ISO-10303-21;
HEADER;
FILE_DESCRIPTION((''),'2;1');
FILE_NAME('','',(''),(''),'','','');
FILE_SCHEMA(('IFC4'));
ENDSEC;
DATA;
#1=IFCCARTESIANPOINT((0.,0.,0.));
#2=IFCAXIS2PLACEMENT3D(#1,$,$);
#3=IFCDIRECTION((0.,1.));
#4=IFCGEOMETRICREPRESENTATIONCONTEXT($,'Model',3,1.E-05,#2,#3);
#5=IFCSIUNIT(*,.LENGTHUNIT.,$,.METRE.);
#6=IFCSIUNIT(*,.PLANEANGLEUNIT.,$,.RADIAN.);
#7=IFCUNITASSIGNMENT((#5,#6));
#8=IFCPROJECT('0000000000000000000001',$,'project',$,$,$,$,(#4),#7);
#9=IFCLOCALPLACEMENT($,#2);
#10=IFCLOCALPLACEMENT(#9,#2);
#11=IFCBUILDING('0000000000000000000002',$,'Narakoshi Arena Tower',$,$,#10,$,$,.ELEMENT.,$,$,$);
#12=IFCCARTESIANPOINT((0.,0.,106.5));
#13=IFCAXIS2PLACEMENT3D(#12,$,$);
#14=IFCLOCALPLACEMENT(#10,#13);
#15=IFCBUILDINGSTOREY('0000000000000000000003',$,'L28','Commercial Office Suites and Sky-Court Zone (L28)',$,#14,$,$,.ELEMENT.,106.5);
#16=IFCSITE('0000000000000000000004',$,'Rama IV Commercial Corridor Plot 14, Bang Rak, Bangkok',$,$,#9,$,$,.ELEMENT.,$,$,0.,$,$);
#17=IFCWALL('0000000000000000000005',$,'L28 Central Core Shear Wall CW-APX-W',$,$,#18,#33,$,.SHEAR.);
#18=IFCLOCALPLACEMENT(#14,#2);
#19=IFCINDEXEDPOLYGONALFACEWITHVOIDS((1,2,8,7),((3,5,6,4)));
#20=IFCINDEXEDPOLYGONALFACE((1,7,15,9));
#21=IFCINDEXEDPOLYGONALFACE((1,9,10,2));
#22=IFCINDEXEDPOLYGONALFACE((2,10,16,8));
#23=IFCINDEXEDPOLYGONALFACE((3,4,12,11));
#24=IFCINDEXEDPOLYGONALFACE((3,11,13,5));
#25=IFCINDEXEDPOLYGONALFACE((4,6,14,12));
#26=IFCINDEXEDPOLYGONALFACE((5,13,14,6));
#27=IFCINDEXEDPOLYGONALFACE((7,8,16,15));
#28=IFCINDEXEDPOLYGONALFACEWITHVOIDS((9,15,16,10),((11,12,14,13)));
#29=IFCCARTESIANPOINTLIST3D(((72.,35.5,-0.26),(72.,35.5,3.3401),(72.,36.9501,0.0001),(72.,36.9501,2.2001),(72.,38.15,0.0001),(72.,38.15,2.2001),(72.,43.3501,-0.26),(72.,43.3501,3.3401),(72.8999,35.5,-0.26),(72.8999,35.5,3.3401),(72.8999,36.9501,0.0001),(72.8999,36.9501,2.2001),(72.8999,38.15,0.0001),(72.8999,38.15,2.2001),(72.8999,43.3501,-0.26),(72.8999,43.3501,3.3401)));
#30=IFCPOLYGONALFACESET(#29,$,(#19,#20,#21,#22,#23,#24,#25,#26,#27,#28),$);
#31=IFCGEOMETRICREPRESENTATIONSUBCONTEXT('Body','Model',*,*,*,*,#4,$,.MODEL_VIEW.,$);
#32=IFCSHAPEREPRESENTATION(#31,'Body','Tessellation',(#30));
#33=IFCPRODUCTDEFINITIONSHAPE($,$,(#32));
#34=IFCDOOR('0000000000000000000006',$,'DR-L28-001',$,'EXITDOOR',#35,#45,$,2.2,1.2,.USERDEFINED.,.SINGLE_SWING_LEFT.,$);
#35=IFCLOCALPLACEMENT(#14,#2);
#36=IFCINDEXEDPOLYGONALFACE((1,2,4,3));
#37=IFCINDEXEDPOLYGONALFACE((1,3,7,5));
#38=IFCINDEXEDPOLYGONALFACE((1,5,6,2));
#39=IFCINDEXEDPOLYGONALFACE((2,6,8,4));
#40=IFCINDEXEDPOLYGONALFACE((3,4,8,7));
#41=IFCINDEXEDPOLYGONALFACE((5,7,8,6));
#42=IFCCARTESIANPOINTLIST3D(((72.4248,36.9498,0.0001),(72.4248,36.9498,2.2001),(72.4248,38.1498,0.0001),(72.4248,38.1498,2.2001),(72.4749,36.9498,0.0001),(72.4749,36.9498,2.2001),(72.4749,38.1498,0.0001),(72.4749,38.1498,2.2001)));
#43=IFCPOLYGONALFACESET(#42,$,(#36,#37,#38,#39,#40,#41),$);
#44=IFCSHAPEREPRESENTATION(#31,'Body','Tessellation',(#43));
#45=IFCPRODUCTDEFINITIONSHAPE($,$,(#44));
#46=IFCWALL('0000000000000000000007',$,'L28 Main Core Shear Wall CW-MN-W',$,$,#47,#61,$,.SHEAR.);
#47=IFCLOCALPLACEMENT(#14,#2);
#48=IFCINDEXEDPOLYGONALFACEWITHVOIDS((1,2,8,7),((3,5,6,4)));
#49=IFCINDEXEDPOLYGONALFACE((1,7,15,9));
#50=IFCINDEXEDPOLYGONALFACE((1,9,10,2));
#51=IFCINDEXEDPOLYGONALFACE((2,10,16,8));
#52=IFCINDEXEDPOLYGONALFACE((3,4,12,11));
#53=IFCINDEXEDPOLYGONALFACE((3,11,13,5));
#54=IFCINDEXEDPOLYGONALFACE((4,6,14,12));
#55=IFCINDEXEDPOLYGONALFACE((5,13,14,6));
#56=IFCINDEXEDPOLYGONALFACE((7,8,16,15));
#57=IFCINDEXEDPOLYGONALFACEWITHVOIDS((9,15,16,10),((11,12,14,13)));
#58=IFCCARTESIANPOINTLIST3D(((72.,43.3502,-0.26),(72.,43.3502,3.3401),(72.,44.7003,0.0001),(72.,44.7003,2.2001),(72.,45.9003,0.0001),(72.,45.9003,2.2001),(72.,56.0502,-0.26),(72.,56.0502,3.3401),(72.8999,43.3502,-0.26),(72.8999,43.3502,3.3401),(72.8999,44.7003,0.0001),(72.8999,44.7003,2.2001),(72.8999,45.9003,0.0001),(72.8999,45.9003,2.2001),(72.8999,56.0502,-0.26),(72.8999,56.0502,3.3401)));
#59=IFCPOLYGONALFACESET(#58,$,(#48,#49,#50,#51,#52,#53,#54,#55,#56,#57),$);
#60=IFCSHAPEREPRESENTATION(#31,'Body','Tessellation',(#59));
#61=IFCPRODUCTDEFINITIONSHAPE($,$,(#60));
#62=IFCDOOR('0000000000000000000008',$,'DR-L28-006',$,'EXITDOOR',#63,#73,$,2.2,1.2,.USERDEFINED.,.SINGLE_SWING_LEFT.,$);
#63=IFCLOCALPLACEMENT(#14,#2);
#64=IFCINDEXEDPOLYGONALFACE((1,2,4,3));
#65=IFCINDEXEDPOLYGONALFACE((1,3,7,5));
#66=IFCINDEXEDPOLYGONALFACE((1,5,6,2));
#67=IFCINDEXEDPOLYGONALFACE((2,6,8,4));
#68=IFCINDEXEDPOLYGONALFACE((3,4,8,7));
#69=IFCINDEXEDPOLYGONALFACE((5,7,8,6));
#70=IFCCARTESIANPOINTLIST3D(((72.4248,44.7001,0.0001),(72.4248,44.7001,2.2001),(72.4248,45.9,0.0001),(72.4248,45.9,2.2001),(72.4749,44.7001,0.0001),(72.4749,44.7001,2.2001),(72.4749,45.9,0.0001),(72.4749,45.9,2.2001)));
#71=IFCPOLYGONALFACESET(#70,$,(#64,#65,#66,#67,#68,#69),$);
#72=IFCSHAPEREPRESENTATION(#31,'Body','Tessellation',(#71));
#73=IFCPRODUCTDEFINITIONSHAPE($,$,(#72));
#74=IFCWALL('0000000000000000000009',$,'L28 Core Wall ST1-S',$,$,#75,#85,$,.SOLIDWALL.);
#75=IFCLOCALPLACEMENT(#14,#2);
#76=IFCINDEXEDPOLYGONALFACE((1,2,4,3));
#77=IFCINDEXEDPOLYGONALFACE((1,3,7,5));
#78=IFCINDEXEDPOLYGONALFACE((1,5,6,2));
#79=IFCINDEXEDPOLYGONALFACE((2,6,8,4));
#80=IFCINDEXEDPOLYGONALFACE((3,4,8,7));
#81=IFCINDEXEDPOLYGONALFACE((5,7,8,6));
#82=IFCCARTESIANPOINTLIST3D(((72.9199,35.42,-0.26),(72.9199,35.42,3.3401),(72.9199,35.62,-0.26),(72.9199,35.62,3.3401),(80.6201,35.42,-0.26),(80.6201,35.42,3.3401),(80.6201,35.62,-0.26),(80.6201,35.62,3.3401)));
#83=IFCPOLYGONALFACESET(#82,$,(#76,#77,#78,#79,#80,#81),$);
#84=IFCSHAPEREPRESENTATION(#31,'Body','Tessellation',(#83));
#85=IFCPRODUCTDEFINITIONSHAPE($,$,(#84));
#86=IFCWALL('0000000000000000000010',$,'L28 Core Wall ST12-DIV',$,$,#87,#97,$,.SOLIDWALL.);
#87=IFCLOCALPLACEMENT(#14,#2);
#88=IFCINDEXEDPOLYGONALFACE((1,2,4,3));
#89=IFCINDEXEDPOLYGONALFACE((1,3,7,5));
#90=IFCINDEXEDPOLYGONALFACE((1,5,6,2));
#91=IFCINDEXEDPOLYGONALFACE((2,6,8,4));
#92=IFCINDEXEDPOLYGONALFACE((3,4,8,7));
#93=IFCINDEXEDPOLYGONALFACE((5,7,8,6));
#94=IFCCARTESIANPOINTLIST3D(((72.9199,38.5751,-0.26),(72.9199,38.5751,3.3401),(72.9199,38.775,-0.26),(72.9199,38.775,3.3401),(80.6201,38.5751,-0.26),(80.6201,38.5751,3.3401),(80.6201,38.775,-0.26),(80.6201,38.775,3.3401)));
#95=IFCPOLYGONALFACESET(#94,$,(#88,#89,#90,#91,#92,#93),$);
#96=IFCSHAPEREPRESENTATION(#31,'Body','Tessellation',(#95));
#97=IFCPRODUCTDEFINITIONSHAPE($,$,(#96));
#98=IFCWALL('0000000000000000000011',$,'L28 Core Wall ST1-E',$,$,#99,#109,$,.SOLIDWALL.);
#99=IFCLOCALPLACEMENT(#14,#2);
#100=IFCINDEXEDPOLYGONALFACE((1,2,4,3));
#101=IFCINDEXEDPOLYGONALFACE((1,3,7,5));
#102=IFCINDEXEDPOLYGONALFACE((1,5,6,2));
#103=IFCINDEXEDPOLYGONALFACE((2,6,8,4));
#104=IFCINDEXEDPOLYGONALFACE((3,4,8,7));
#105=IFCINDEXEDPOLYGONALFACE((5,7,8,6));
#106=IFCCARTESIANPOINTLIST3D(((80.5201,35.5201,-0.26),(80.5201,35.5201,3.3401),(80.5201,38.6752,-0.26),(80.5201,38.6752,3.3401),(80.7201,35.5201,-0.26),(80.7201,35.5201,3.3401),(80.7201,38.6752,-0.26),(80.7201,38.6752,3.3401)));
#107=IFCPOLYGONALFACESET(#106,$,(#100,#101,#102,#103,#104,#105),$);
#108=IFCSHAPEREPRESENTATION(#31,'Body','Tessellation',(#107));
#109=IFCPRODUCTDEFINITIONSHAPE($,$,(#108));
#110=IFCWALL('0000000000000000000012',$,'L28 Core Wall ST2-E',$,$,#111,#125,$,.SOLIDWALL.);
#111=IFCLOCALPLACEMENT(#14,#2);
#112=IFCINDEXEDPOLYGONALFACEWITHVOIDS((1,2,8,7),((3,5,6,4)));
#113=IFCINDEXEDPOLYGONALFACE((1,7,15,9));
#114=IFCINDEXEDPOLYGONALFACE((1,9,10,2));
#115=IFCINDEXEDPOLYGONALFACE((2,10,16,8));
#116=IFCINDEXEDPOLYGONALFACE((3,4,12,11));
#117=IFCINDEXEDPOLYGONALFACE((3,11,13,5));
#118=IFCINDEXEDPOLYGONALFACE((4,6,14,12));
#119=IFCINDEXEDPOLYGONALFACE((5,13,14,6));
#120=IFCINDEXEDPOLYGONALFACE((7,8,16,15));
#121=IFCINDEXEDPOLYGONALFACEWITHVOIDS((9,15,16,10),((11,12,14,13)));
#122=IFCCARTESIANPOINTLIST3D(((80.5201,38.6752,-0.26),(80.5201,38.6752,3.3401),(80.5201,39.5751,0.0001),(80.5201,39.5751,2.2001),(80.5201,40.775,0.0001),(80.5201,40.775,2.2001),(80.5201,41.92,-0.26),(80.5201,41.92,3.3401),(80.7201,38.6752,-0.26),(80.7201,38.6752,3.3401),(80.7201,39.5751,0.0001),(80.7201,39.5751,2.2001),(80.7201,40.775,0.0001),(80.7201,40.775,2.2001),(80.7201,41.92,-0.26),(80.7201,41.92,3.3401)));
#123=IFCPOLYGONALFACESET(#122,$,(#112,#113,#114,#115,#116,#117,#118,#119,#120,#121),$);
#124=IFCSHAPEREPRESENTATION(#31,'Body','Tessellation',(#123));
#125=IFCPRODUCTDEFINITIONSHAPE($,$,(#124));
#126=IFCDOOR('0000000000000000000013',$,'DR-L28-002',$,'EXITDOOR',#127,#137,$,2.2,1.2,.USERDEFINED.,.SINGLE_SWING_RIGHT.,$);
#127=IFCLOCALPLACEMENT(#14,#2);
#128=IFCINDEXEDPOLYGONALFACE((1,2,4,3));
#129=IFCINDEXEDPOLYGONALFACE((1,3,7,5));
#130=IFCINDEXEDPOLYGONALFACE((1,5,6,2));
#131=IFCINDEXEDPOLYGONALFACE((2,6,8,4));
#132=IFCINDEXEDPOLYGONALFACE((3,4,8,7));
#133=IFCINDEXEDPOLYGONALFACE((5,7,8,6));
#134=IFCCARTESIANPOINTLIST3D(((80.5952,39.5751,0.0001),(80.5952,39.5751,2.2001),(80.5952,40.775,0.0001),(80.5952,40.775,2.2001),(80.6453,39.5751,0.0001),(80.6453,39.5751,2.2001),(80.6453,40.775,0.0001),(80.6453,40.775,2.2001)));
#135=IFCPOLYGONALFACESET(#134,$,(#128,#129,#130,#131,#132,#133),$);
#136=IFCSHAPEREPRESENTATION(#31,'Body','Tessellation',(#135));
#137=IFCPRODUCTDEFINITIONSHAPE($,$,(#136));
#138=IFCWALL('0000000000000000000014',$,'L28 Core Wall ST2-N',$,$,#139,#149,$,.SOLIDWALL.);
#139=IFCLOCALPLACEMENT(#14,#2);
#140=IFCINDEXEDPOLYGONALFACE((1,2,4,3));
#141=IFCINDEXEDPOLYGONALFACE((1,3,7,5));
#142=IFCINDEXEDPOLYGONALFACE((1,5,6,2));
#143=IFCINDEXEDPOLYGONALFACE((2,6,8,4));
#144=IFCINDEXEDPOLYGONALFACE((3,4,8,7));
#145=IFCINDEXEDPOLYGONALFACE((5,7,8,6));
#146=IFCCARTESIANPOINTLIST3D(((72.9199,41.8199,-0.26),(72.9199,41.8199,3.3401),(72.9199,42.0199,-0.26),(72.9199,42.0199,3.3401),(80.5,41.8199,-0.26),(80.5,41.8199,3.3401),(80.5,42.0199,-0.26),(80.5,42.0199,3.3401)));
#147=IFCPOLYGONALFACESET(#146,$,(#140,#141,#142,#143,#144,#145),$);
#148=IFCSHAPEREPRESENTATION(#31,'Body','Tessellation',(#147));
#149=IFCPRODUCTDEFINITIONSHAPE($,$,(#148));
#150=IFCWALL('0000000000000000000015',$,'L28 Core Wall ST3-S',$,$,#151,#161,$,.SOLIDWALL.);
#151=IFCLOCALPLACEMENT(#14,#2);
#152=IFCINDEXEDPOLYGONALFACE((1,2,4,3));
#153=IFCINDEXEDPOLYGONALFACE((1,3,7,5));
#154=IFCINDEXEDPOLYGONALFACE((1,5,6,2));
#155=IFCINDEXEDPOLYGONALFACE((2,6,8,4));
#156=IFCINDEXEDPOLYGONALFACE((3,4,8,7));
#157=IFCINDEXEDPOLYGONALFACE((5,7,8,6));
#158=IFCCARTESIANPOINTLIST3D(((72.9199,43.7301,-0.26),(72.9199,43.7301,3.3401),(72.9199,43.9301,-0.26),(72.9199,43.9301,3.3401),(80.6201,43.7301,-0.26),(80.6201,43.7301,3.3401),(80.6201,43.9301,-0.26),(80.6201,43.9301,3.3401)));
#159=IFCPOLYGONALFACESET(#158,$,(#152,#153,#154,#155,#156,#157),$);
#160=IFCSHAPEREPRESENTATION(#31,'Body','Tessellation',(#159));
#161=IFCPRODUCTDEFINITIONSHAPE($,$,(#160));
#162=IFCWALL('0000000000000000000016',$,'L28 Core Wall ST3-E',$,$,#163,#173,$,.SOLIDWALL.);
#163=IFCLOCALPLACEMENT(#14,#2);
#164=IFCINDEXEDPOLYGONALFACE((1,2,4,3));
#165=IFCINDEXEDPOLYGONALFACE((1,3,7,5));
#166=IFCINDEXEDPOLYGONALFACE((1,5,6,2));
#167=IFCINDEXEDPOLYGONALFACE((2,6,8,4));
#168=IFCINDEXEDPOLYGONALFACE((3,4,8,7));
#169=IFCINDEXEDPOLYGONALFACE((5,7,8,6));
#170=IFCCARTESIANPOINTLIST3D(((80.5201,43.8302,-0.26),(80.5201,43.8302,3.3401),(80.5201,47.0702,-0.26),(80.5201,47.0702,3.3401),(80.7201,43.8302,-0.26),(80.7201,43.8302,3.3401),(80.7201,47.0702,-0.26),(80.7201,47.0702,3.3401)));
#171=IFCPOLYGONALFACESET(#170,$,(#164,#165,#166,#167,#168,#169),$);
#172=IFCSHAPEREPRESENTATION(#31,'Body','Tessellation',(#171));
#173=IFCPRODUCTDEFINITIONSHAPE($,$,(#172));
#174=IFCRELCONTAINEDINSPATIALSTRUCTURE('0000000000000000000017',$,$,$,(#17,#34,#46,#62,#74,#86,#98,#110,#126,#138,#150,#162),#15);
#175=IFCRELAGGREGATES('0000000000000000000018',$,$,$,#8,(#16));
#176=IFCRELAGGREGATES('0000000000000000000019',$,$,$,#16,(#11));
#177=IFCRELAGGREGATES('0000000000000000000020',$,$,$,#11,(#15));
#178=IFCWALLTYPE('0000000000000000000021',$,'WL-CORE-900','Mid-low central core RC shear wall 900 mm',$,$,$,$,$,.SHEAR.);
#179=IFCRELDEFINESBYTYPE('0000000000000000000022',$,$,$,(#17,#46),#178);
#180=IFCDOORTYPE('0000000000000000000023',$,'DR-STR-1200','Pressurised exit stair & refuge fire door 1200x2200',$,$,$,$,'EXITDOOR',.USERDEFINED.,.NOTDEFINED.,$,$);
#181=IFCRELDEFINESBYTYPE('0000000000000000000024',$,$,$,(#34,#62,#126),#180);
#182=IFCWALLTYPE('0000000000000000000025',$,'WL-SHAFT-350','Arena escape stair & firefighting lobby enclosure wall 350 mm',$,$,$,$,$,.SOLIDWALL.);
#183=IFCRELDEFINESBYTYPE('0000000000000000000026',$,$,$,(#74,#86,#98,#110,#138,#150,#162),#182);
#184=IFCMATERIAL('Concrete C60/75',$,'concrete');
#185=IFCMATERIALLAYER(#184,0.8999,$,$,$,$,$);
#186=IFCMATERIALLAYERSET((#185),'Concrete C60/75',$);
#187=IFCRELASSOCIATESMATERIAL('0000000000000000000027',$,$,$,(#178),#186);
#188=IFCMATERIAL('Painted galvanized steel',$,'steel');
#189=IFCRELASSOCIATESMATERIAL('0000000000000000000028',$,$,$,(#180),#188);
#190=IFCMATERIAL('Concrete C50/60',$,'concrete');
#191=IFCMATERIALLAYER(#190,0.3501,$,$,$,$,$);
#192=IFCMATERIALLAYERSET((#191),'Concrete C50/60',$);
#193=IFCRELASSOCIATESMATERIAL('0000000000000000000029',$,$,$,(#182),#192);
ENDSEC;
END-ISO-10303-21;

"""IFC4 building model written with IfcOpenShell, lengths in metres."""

from ifc_helpers import new_model, si_unit, direction, frame, frame_2d, origin, place, context, subcontext, project, spatial, rectangle, extrude, material, layer, layer_set, type_object, element, fill, save


model = new_model("IFC4")

# Units and contexts
model_context = context("Model", 3, precision=1e-05, world=origin(), true_north=direction((0.0, 1.0)))
body_context = subcontext(model_context, "Body", "Model", "MODEL_VIEW")
ifc_project = project(units=[si_unit("LENGTHUNIT", "METRE"), si_unit("PLANEANGLEUNIT", "RADIAN")], contexts=[model_context])

# Site, building, storey
site_placement = place(None, origin())
site = spatial("IfcSite", under=ifc_project, at=site_placement, Name="Rama IV Commercial Corridor Plot 14, Bang Rak, Bangkok", CompositionType="ELEMENT", RefElevation=0.0)
building_placement = place(site_placement, origin())
building = spatial("IfcBuilding", under=site, at=building_placement, Name="Narakoshi Arena Tower", CompositionType="ELEMENT")
storey_placement = place(building_placement, frame((0.0, 0.0, 106.5)))
storey = spatial("IfcBuildingStorey", under=building, at=storey_placement, Name="L28", Description="Commercial Office Suites and Sky-Court Zone (L28)", CompositionType="ELEMENT", Elevation=106.5)

# Walls, openings, doors
ifc_material_1 = material(Name="Concrete C60/75", Category="concrete")
ifc_layer_1 = layer(ifc_material_1, 0.8999)
ifc_layer_set_1 = layer_set([ifc_layer_1], Name="Concrete C60/75")
wall_type_1 = type_object("IfcWallType", Name="WL-CORE-900", Description="Mid-low central core RC shear wall 900 mm", PredefinedType="SHEAR", material=ifc_layer_set_1)
wall_1_placement = place(storey_placement, frame((72.45, 35.5, -0.26), z_axis=(0.0, 0.0, 1.0), x_axis=(0.0, 1.0, 0.0)))
wall_1 = element("IfcWall", 1, at=wall_1_placement, inside=storey, type_object=wall_type_1, Name="L28 Central Core Shear Wall CW-APX-W", PredefinedType="SHEAR", context=body_context, shape_type="SweptSolid", body=[
    extrude(rectangle(XDim=7.8501, YDim=0.8999, at=frame_2d((3.925, 0.0))), origin(), (0.0, 0.0, 1.0), 3.6001),
])
opening_1_placement = place(wall_1_placement, frame((1.45, 0.0, 0.26)))
opening_1 = element("IfcOpeningElement", 2, at=opening_1_placement, cuts=wall_1, PredefinedType="OPENING", context=body_context, shape_type="SweptSolid", body=[
    extrude(rectangle(XDim=1.2, YDim=2.2, at=frame_2d((0.6001, 1.1001))), frame((0.0, 0.46, 0.0), z_axis=(0.0, -1.0, 0.0), x_axis=(1.0, 0.0, 0.0)), (0.0, 0.0, 1.0), 0.9199),
])
ifc_material_2 = material(Name="Painted galvanized steel", Category="steel")
door_type = type_object("IfcDoorType", Name="DR-STR-1200", Description="Pressurised exit stair & refuge fire door 1200x2200", ElementType="EXITDOOR", OperationType="NOTDEFINED", PredefinedType="USERDEFINED", material=ifc_material_2)
door_1_placement = place(opening_1_placement, frame((1.2, 0.0, 0.0), z_axis=(0.0, 0.0, 1.0), x_axis=(-1.0, 0.0, 0.0)))
door_1 = element("IfcDoor", 3, at=door_1_placement, inside=storey, type_object=door_type, Name="DR-L28-001", ObjectType="EXITDOOR", OperationType="SINGLE_SWING_LEFT", OverallHeight=2.2, OverallWidth=1.2, PredefinedType="USERDEFINED", context=body_context, shape_type="SweptSolid", body=[
    extrude(rectangle(XDim=1.2, YDim=2.2, at=frame_2d((0.6001, 1.1001))), frame((0.0, 0.0249, 0.0), z_axis=(0.0, -1.0, 0.0), x_axis=(1.0, 0.0, 0.0)), (0.0, 0.0, 1.0), 0.05),
])
fill(opening_1, door_1)
wall_2_placement = place(storey_placement, frame((72.45, 43.3501, -0.26), z_axis=(0.0, 0.0, 1.0), x_axis=(0.0, 1.0, 0.0)))
wall_2 = element("IfcWall", 4, at=wall_2_placement, inside=storey, type_object=wall_type_1, Name="L28 Main Core Shear Wall CW-MN-W", PredefinedType="SHEAR", context=body_context, shape_type="SweptSolid", body=[
    extrude(rectangle(XDim=12.7, YDim=0.8999, at=frame_2d((6.3501, 0.0))), origin(), (0.0, 0.0, 1.0), 3.6001),
])
opening_2_placement = place(wall_2_placement, frame((1.3501, 0.0, 0.26)))
opening_2 = element("IfcOpeningElement", 5, at=opening_2_placement, cuts=wall_2, PredefinedType="OPENING", context=body_context, shape_type="SweptSolid", body=[
    extrude(rectangle(XDim=1.2, YDim=2.2, at=frame_2d((0.6001, 1.1001))), frame((0.0, 0.46, 0.0), z_axis=(0.0, -1.0, 0.0), x_axis=(1.0, 0.0, 0.0)), (0.0, 0.0, 1.0), 0.9199),
])
door_2_placement = place(opening_2_placement, frame((1.2, 0.0, 0.0), z_axis=(0.0, 0.0, 1.0), x_axis=(-1.0, 0.0, 0.0)))
door_2 = element("IfcDoor", 6, at=door_2_placement, inside=storey, type_object=door_type, Name="DR-L28-006", ObjectType="EXITDOOR", OperationType="SINGLE_SWING_LEFT", OverallHeight=2.2, OverallWidth=1.2, PredefinedType="USERDEFINED", context=body_context, shape_type="SweptSolid", body=[
    extrude(rectangle(XDim=1.2, YDim=2.2, at=frame_2d((0.6001, 1.1001))), frame((0.0, 0.0249, 0.0), z_axis=(0.0, -1.0, 0.0), x_axis=(1.0, 0.0, 0.0)), (0.0, 0.0, 1.0), 0.05),
])
fill(opening_2, door_2)

# Walls
ifc_material_3 = material(Name="Concrete C50/60", Category="concrete")
ifc_layer_2 = layer(ifc_material_3, 0.3501)
ifc_layer_set_2 = layer_set([ifc_layer_2], Name="Concrete C50/60")
wall_type_2 = type_object("IfcWallType", Name="WL-SHAFT-350", Description="Arena escape stair & firefighting lobby enclosure wall 350 mm", PredefinedType="SOLIDWALL", material=ifc_layer_set_2)
for number, where, z_axis, x_axis, name in (
    (7, (72.9199, 35.52, -0.26), (0.0, 0.0, 1.0), (1.0, 0.0, 0.0), "L28 Core Wall ST1-S"),
    (8, (72.9199, 38.675, -0.26), (0.0, 0.0, 1.0), (1.0, 0.0, 0.0), "L28 Core Wall ST12-DIV"),
):
    element("IfcWall", number, at=place(storey_placement, frame(where, z_axis=z_axis, x_axis=x_axis)), inside=storey, type_object=wall_type_2, Name=name, PredefinedType="SOLIDWALL", context=body_context, shape_type="SweptSolid", body=[
        extrude(rectangle(XDim=7.7002, YDim=0.2, at=frame_2d((3.8501, 0.0))), origin(), (0.0, 0.0, 1.0), 3.6001),
    ])
wall_3_placement = place(storey_placement, frame((80.6201, 35.52, -0.26), z_axis=(0.0, 0.0, 1.0), x_axis=(0.0, 1.0, 0.0)))
element("IfcWall", 9, at=wall_3_placement, inside=storey, type_object=wall_type_2, Name="L28 Core Wall ST1-E", PredefinedType="SOLIDWALL", context=body_context, shape_type="SweptSolid", body=[
    extrude(rectangle(XDim=3.155, YDim=0.2, at=frame_2d((1.5776, 0.0))), origin(), (0.0, 0.0, 1.0), 3.6001),
])

# Wall, opening, door
wall_4_placement = place(storey_placement, frame((80.6201, 38.675, -0.26), z_axis=(0.0, 0.0, 1.0), x_axis=(0.0, 1.0, 0.0)))
wall_4 = element("IfcWall", 10, at=wall_4_placement, inside=storey, type_object=wall_type_2, Name="L28 Core Wall ST2-E", PredefinedType="SOLIDWALL", context=body_context, shape_type="SweptSolid", body=[
    extrude(rectangle(XDim=3.2449, YDim=0.2, at=frame_2d((1.6226, 0.0))), origin(), (0.0, 0.0, 1.0), 3.6001),
])
opening_3_placement = place(wall_4_placement, frame((0.8999, 0.0, 0.26)))
opening_3 = element("IfcOpeningElement", 11, at=opening_3_placement, cuts=wall_4, PredefinedType="OPENING", context=body_context, shape_type="SweptSolid", body=[
    extrude(rectangle(XDim=1.2, YDim=2.2, at=frame_2d((0.6001, 1.1001))), frame((0.0, 0.1099, 0.0), z_axis=(0.0, -1.0, 0.0), x_axis=(1.0, 0.0, 0.0)), (0.0, 0.0, 1.0), 0.22),
])
door_3_placement = place(opening_3_placement, origin())
door_3 = element("IfcDoor", 12, at=door_3_placement, inside=storey, type_object=door_type, Name="DR-L28-002", ObjectType="EXITDOOR", OperationType="SINGLE_SWING_RIGHT", OverallHeight=2.2, OverallWidth=1.2, PredefinedType="USERDEFINED", context=body_context, shape_type="SweptSolid", body=[
    extrude(rectangle(XDim=1.2, YDim=2.2, at=frame_2d((0.6001, 1.1001))), frame((0.0, 0.0249, 0.0), z_axis=(0.0, -1.0, 0.0), x_axis=(1.0, 0.0, 0.0)), (0.0, 0.0, 1.0), 0.05),
])
fill(opening_3, door_3)

# Walls
wall_5_placement = place(storey_placement, frame((72.9199, 41.9199, -0.26), z_axis=(0.0, 0.0, 1.0), x_axis=(1.0, 0.0, 0.0)))
element("IfcWall", 13, at=wall_5_placement, inside=storey, type_object=wall_type_2, Name="L28 Core Wall ST2-N", PredefinedType="SOLIDWALL", context=body_context, shape_type="SweptSolid", body=[
    extrude(rectangle(XDim=7.5801, YDim=0.2, at=frame_2d((3.79, 0.0))), origin(), (0.0, 0.0, 1.0), 3.6001),
])
wall_6_placement = place(storey_placement, frame((72.9199, 43.8301, -0.26), z_axis=(0.0, 0.0, 1.0), x_axis=(1.0, 0.0, 0.0)))
element("IfcWall", 14, at=wall_6_placement, inside=storey, type_object=wall_type_2, Name="L28 Core Wall ST3-S", PredefinedType="SOLIDWALL", context=body_context, shape_type="SweptSolid", body=[
    extrude(rectangle(XDim=7.7002, YDim=0.2, at=frame_2d((3.8501, 0.0))), origin(), (0.0, 0.0, 1.0), 3.6001),
])
wall_7_placement = place(storey_placement, frame((80.6201, 43.8301, -0.26), z_axis=(0.0, 0.0, 1.0), x_axis=(0.0, 1.0, 0.0)))
element("IfcWall", 15, at=wall_7_placement, inside=storey, type_object=wall_type_2, Name="L28 Core Wall ST3-E", PredefinedType="SOLIDWALL", context=body_context, shape_type="SweptSolid", body=[
    extrude(rectangle(XDim=3.24, YDim=0.2, at=frame_2d((1.6201, 0.0))), origin(), (0.0, 0.0, 1.0), 3.6001),
])

save(model, "model.ifc")
